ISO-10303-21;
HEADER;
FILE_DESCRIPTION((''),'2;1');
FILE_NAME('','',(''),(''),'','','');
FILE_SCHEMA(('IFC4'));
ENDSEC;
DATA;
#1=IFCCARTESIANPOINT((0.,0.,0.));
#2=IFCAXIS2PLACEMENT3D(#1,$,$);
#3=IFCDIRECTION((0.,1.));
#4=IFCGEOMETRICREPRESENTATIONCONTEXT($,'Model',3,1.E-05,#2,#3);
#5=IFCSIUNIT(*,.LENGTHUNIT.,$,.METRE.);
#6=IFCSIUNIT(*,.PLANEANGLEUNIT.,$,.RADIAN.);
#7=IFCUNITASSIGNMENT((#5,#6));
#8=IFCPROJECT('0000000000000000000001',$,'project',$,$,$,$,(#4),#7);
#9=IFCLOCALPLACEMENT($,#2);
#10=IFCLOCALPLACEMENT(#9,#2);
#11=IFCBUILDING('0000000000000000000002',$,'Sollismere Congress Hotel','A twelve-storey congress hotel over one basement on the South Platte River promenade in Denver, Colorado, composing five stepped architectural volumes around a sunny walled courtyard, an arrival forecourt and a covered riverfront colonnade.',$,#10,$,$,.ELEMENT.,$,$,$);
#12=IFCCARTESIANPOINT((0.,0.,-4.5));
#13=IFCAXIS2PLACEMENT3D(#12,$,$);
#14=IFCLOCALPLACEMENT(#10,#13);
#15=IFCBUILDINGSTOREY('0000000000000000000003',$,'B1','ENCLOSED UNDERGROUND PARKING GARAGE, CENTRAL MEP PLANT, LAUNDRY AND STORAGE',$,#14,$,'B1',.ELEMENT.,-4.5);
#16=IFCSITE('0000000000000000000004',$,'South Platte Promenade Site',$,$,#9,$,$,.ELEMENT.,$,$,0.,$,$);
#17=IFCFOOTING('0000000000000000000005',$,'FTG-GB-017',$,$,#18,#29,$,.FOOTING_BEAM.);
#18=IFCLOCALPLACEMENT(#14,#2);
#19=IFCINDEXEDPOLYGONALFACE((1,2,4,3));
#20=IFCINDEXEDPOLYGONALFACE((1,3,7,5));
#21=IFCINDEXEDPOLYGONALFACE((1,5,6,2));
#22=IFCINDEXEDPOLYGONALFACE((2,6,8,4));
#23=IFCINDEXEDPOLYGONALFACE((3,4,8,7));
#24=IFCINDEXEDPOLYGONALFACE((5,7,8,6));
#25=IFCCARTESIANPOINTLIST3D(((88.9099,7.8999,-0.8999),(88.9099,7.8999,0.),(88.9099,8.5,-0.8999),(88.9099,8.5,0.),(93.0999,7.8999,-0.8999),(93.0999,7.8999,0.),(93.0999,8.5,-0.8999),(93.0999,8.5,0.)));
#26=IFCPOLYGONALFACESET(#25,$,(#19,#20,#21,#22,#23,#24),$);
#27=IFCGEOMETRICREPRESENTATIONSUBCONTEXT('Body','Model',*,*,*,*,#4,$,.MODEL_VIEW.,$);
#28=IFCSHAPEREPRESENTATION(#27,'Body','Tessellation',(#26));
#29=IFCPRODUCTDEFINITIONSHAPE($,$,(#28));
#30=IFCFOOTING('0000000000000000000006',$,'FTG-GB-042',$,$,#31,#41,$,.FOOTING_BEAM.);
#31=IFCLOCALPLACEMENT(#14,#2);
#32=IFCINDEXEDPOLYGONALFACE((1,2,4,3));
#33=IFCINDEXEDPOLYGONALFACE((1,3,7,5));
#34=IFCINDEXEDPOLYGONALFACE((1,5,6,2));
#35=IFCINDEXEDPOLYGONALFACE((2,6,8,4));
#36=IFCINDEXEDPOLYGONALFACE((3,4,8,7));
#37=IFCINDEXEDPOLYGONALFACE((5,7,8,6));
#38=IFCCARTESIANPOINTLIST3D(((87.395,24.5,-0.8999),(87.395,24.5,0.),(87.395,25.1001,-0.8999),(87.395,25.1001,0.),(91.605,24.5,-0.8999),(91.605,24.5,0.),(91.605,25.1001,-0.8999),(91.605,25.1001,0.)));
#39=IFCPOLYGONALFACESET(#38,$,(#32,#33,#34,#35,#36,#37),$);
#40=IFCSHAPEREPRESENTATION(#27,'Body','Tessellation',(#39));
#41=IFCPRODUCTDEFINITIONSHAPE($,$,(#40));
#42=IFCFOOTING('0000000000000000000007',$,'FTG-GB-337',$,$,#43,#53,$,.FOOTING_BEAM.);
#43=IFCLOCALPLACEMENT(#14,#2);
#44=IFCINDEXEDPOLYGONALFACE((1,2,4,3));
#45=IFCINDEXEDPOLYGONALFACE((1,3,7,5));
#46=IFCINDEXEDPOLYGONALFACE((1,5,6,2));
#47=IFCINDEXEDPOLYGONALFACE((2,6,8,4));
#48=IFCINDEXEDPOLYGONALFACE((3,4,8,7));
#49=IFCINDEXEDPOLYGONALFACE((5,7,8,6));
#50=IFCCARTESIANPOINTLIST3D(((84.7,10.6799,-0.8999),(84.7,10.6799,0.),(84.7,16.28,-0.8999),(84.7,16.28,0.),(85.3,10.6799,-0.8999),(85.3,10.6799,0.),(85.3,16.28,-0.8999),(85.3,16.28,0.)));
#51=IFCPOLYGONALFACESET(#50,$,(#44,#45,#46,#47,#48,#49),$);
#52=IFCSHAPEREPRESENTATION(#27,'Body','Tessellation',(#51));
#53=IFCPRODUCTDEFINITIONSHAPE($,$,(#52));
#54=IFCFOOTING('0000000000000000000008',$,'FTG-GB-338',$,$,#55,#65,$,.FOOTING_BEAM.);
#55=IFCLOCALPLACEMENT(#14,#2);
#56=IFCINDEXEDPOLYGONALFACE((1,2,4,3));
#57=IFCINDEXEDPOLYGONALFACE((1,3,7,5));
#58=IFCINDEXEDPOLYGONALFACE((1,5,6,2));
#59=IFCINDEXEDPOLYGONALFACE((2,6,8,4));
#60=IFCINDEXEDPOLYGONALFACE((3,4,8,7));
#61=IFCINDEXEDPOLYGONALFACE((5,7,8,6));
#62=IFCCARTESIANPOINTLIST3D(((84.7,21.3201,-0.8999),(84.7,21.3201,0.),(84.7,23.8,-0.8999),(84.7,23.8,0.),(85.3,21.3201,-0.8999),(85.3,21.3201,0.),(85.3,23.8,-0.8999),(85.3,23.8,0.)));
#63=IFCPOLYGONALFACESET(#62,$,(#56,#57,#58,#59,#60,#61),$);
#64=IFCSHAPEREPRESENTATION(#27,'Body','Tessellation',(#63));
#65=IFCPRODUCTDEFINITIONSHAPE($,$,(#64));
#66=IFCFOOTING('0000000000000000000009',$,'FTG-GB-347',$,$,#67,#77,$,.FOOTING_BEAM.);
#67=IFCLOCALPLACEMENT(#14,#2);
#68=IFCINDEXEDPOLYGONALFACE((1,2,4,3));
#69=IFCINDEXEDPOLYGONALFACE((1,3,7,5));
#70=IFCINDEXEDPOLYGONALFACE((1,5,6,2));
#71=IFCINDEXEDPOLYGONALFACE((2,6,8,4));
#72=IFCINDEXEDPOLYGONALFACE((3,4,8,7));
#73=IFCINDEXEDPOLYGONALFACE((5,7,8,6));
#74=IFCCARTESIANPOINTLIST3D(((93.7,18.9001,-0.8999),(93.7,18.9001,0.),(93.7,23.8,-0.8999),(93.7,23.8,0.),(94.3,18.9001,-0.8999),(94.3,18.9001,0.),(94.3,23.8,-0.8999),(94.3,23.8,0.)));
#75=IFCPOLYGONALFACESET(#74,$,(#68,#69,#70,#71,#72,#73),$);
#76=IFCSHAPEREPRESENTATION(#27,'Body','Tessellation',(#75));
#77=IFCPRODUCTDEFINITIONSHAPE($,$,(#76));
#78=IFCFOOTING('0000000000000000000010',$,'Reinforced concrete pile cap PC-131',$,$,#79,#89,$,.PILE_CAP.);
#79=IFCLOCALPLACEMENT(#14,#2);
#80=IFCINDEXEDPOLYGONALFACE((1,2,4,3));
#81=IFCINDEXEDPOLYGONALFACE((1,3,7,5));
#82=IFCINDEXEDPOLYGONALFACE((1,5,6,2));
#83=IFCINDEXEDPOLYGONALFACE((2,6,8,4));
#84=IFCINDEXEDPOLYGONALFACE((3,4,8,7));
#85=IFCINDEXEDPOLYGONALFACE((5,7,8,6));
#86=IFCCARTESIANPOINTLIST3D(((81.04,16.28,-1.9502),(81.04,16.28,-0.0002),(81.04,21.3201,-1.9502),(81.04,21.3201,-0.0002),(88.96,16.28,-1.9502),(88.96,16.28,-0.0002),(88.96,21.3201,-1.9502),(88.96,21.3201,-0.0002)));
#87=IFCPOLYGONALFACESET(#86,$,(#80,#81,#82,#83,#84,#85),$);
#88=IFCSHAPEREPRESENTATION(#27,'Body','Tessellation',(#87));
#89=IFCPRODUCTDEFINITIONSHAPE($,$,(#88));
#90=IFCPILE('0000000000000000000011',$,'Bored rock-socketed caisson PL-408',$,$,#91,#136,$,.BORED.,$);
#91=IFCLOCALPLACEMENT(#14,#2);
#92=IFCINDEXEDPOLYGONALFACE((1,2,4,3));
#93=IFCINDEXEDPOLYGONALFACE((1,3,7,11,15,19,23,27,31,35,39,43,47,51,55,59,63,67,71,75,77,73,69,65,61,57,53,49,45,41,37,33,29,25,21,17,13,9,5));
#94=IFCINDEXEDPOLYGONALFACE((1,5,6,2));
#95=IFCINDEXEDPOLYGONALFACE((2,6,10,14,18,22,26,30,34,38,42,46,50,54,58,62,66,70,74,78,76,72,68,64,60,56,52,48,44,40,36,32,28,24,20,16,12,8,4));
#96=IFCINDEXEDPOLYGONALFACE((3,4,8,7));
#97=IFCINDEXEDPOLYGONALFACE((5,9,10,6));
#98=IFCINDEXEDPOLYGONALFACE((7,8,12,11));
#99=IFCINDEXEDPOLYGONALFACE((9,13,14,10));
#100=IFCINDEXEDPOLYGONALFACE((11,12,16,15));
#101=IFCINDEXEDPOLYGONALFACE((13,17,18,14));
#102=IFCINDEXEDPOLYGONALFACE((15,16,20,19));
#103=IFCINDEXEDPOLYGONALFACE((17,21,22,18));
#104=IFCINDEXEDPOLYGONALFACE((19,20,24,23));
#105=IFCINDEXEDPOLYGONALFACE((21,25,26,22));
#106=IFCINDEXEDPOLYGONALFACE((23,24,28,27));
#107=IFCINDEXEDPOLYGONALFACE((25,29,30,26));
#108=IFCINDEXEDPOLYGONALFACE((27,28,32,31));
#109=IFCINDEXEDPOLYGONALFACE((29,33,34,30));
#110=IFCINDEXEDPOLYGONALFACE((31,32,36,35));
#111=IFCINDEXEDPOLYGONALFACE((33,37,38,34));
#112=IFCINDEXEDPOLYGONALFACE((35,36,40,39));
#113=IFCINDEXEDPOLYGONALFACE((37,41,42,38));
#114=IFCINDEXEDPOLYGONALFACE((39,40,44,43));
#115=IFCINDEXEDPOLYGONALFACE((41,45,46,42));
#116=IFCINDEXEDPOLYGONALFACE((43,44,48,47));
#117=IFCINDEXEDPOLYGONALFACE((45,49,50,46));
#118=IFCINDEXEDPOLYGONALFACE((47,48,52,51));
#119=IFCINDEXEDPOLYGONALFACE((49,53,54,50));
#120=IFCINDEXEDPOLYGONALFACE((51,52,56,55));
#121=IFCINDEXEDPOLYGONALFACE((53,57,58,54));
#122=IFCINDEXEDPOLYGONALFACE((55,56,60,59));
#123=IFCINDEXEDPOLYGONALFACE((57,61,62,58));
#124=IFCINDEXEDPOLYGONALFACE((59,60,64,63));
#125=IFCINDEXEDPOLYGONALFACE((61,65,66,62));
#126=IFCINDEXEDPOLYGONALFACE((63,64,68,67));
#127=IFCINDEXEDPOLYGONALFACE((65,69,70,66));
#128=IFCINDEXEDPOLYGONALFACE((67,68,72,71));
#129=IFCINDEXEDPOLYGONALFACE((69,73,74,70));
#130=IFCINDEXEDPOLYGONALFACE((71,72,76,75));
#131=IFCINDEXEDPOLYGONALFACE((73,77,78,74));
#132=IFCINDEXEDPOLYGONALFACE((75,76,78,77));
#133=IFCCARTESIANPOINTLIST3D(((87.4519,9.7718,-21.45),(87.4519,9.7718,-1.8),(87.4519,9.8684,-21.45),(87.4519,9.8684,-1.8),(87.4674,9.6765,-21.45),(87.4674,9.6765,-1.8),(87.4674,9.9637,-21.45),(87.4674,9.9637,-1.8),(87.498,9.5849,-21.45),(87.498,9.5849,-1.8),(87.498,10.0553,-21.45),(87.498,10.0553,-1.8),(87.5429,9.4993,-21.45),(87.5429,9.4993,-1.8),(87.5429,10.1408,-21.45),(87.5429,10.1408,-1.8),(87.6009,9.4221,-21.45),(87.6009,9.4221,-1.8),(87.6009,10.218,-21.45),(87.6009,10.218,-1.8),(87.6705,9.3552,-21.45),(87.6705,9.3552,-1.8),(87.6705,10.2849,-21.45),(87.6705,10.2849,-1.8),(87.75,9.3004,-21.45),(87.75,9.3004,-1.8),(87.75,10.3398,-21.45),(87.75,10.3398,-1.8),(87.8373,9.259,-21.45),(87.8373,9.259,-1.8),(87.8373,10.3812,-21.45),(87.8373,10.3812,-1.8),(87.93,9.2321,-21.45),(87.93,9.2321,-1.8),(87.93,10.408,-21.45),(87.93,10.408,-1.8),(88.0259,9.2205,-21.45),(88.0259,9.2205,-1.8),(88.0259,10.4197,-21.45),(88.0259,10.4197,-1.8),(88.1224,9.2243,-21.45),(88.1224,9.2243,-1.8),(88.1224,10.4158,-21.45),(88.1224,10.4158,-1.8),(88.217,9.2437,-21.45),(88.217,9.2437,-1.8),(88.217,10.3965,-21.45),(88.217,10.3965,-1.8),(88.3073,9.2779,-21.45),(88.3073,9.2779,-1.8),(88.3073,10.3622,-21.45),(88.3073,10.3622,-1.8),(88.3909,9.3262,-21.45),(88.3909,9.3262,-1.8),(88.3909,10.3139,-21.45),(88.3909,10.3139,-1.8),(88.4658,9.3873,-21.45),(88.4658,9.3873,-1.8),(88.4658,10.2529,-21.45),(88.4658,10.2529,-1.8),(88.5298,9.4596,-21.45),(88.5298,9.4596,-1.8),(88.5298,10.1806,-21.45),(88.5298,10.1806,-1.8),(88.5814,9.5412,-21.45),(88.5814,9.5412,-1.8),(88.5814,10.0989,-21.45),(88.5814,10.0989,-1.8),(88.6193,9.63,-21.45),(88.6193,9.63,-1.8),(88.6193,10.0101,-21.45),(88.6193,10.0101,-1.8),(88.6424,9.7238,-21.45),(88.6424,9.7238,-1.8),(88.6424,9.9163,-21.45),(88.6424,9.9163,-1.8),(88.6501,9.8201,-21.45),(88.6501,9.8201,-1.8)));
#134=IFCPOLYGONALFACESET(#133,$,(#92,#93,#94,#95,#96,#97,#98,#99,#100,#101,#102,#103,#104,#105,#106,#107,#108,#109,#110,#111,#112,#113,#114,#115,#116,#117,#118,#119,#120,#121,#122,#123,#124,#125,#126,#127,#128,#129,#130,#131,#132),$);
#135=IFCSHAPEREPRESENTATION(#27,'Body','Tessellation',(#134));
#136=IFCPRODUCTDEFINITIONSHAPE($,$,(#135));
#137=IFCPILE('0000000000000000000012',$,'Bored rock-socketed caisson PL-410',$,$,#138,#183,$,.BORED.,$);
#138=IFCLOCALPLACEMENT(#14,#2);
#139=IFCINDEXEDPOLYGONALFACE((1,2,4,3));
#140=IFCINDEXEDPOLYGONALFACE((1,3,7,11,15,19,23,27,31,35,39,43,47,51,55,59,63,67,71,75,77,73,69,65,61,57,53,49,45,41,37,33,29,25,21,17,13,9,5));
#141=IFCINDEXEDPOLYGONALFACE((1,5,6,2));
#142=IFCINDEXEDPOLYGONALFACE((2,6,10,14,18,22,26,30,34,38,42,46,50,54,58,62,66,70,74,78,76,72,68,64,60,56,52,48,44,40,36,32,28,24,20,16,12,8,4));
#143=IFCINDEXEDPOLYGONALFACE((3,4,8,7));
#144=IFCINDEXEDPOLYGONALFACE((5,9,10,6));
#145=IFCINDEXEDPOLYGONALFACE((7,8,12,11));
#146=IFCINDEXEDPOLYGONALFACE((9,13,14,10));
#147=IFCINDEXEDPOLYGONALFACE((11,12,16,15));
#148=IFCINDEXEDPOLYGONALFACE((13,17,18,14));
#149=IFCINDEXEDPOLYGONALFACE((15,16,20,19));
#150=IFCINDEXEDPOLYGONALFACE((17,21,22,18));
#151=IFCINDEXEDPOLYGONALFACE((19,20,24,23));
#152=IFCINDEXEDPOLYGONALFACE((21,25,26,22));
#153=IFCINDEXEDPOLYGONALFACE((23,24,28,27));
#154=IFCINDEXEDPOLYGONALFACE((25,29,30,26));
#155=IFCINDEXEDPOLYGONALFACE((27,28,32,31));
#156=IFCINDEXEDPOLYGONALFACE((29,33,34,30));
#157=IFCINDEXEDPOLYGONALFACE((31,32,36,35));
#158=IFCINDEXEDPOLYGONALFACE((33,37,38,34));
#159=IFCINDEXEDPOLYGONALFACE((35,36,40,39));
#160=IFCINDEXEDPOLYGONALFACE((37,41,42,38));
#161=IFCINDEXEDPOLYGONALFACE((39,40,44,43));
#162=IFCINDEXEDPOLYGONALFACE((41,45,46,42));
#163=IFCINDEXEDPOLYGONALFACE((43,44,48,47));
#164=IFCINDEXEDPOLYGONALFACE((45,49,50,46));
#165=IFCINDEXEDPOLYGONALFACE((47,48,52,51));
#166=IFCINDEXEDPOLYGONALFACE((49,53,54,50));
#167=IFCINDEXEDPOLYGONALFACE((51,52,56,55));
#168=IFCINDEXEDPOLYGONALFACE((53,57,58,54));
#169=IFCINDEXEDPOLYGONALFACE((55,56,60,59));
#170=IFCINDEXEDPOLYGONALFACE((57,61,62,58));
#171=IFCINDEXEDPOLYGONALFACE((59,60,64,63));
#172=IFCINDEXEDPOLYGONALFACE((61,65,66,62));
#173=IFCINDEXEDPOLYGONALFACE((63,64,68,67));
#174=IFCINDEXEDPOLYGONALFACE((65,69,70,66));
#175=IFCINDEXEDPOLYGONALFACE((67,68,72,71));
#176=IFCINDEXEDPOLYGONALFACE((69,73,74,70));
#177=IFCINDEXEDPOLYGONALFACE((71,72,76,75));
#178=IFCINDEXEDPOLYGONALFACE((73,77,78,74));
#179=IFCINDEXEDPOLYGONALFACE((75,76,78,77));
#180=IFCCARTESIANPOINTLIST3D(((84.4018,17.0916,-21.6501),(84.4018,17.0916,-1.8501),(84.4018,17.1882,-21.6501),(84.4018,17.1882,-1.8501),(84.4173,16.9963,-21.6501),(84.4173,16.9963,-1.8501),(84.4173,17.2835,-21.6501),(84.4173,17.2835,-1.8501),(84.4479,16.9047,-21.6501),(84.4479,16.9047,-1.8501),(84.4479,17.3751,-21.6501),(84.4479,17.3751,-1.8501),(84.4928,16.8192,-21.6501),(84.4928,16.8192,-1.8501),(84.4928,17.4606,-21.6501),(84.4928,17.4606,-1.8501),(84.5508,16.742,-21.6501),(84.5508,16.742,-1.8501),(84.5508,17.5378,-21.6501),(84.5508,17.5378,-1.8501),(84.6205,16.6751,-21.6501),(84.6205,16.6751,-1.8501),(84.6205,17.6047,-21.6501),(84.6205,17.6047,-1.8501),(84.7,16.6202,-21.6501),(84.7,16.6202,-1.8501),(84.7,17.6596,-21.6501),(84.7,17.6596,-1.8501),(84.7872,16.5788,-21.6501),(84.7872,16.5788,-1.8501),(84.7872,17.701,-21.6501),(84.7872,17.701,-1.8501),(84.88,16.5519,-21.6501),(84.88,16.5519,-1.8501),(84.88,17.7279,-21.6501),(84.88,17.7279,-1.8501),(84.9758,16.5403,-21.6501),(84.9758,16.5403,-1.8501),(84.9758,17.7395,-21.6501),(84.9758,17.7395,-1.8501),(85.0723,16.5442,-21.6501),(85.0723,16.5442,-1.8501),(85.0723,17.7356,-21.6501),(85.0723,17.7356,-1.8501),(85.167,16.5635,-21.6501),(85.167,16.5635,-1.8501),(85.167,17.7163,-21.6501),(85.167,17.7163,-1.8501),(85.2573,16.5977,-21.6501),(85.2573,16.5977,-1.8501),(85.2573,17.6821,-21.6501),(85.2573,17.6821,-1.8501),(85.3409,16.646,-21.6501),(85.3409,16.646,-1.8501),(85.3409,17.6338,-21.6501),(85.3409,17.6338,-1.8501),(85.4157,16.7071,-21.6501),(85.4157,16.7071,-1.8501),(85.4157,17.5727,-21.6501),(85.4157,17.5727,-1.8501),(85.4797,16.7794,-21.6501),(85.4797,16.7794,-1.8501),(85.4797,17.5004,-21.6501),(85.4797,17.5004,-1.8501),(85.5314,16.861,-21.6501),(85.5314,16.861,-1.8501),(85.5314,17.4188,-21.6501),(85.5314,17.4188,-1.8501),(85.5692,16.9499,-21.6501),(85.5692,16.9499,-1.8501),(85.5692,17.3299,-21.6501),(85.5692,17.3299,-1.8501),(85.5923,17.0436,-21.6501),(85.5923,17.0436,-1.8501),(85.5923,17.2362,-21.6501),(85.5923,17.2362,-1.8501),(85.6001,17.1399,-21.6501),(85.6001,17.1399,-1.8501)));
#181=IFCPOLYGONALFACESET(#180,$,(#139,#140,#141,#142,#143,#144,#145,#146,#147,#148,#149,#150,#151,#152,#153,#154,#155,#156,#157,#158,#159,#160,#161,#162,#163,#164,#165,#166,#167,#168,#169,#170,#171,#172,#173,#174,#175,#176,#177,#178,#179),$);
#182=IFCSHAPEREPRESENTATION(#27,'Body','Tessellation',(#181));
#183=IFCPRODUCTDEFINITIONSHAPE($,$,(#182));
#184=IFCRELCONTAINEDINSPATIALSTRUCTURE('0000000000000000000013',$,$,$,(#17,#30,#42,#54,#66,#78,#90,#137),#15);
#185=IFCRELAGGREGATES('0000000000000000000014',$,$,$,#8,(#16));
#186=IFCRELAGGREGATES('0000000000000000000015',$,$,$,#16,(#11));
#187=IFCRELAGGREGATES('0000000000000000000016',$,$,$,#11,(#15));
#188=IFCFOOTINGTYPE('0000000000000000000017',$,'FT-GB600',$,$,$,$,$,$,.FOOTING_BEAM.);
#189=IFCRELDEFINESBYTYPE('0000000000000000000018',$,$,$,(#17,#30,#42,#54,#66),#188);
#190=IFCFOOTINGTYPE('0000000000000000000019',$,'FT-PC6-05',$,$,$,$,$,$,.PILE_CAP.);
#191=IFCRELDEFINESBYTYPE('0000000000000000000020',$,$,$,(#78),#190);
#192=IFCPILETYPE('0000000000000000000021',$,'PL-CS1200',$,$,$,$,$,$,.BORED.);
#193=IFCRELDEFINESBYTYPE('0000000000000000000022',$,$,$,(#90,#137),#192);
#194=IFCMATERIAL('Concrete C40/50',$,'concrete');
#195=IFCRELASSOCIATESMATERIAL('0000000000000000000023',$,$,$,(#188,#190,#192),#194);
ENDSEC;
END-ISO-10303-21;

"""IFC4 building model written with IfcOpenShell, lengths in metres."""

from ifc_helpers import new_model, si_unit, direction, frame, origin, origin_2d, place, context, subcontext, project, spatial, rectangle, circle, extrude, material, material_profile, profile_set, type_object, element, save


model = new_model("IFC4")

# Units and contexts
model_context = context("Model", 3, precision=1e-05, world=origin(), true_north=direction((0.0, 1.0)))
body_context = subcontext(model_context, "Body", "Model", "MODEL_VIEW")
ifc_project = project(units=[si_unit("LENGTHUNIT", "METRE"), si_unit("PLANEANGLEUNIT", "RADIAN")], contexts=[model_context])

# Site, building, storey
site_placement = place(None, origin())
site = spatial("IfcSite", under=ifc_project, at=site_placement, Name="South Platte Promenade Site", CompositionType="ELEMENT", RefElevation=0.0)
building_placement = place(site_placement, origin())
building = spatial("IfcBuilding", under=site, at=building_placement, Name="Sollismere Congress Hotel", Description="A twelve-storey congress hotel over one basement on the South Platte River promenade in Denver, Colorado, composing five stepped architectural volumes around a sunny walled courtyard, an arrival forecourt and a covered riverfront colonnade.", CompositionType="ELEMENT")
storey_placement = place(building_placement, frame((0.0, 0.0, -4.5)))
storey = spatial("IfcBuildingStorey", under=building, at=storey_placement, Name="B1", Description="ENCLOSED UNDERGROUND PARKING GARAGE, CENTRAL MEP PLANT, LAUNDRY AND STORAGE", LongName="B1", CompositionType="ELEMENT", Elevation=-4.5)

# Footings
ifc_material_1 = material(Name="Concrete C40/50", Category="concrete")
footing_type_1 = type_object("IfcFootingType", Name="FT-GB600", PredefinedType="FOOTING_BEAM", material=ifc_material_1)
footing_1_placement = place(storey_placement, frame((91.0049, 8.2, -0.8999), z_axis=(0.0, 0.0, 1.0), x_axis=(1.0, 0.0, 0.0)))
element("IfcFooting", 1, at=footing_1_placement, inside=storey, type_object=footing_type_1, Name="FTG-GB-017", PredefinedType="FOOTING_BEAM", context=body_context, shape_type="SweptSolid", body=[
    extrude(rectangle(XDim=4.1899, YDim=0.6001, at=origin_2d()), origin(), (0.0, 0.0, 1.0), 0.8999),
])
footing_2_placement = place(storey_placement, frame((89.5, 24.8, -0.8999), z_axis=(0.0, 0.0, 1.0), x_axis=(1.0, 0.0, 0.0)))
element("IfcFooting", 2, at=footing_2_placement, inside=storey, type_object=footing_type_1, Name="FTG-GB-042", PredefinedType="FOOTING_BEAM", context=body_context, shape_type="SweptSolid", body=[
    extrude(rectangle(XDim=4.21, YDim=0.6001, at=origin_2d()), origin(), (0.0, 0.0, 1.0), 0.8999),
])
footing_3_placement = place(storey_placement, frame((85.0, 13.48, -0.8999), z_axis=(0.0, 0.0, 1.0), x_axis=(0.0, 1.0, 0.0)))
element("IfcFooting", 3, at=footing_3_placement, inside=storey, type_object=footing_type_1, Name="FTG-GB-337", PredefinedType="FOOTING_BEAM", context=body_context, shape_type="SweptSolid", body=[
    extrude(rectangle(XDim=5.6001, YDim=0.6001, at=origin_2d()), origin(), (0.0, 0.0, 1.0), 0.8999),
])
footing_4_placement = place(storey_placement, frame((85.0, 22.5601, -0.8999), z_axis=(0.0, 0.0, 1.0), x_axis=(0.0, 1.0, 0.0)))
element("IfcFooting", 4, at=footing_4_placement, inside=storey, type_object=footing_type_1, Name="FTG-GB-338", PredefinedType="FOOTING_BEAM", context=body_context, shape_type="SweptSolid", body=[
    extrude(rectangle(XDim=2.48, YDim=0.6001, at=origin_2d()), origin(), (0.0, 0.0, 1.0), 0.8999),
])
footing_5_placement = place(storey_placement, frame((94.0, 21.3501, -0.8999), z_axis=(0.0, 0.0, 1.0), x_axis=(0.0, 1.0, 0.0)))
element("IfcFooting", 5, at=footing_5_placement, inside=storey, type_object=footing_type_1, Name="FTG-GB-347", PredefinedType="FOOTING_BEAM", context=body_context, shape_type="SweptSolid", body=[
    extrude(rectangle(XDim=4.8999, YDim=0.6001, at=origin_2d()), origin(), (0.0, 0.0, 1.0), 0.8999),
])
footing_type_2 = type_object("IfcFootingType", Name="FT-PC6-05", PredefinedType="PILE_CAP", material=ifc_material_1)
footing_6_placement = place(storey_placement, frame((85.0, 18.8, -1.9502), z_axis=(0.0, 0.0, 1.0), x_axis=(1.0, 0.0, 0.0)))
element("IfcFooting", 6, at=footing_6_placement, inside=storey, type_object=footing_type_2, Name="Reinforced concrete pile cap PC-131", PredefinedType="PILE_CAP", context=body_context, shape_type="SweptSolid", body=[
    extrude(rectangle(XDim=7.9199, YDim=5.04, at=origin_2d()), origin(), (0.0, 0.0, 1.0), 1.95),
])

# Piles
ifc_material_profile_1 = material_profile(ifc_material_1, circle(Radius=0.6001, at=origin_2d()), Name="CAISSON1200")
ifc_profile_set_1 = profile_set([ifc_material_profile_1], Name="Concrete C40/50")
pile_type = type_object("IfcPileType", Name="PL-CS1200", PredefinedType="BORED", material=ifc_profile_set_1)
pile_1_placement = place(storey_placement, frame((88.05, 9.8201, -1.8), z_axis=(0.0, 0.0, -1.0), x_axis=(1.0, 0.0, 0.0)))
element("IfcPile", 7, at=pile_1_placement, inside=storey, type_object=pile_type, Name="Bored rock-socketed caisson PL-408", PredefinedType="BORED", context=body_context, shape_type="SweptSolid", body=[
    extrude(circle(Radius=0.6001, at=origin_2d()), origin(), (0.0, 0.0, 1.0), 19.6499),
])
for number, where, z_axis, x_axis, name in (
    (8, (85.0, 17.1399, -1.8501), (0.0, 0.0, -1.0), (1.0, 0.0, 0.0), "Bored rock-socketed caisson PL-410"),
):
    element("IfcPile", number, at=place(storey_placement, frame(where, z_axis=z_axis, x_axis=x_axis)), inside=storey, type_object=pile_type, Name=name, PredefinedType="BORED", context=body_context, shape_type="SweptSolid", body=[
        extrude(circle(Radius=0.6001, at=origin_2d()), origin(), (0.0, 0.0, 1.0), 19.8),
    ])

save(model, "model.ifc")
